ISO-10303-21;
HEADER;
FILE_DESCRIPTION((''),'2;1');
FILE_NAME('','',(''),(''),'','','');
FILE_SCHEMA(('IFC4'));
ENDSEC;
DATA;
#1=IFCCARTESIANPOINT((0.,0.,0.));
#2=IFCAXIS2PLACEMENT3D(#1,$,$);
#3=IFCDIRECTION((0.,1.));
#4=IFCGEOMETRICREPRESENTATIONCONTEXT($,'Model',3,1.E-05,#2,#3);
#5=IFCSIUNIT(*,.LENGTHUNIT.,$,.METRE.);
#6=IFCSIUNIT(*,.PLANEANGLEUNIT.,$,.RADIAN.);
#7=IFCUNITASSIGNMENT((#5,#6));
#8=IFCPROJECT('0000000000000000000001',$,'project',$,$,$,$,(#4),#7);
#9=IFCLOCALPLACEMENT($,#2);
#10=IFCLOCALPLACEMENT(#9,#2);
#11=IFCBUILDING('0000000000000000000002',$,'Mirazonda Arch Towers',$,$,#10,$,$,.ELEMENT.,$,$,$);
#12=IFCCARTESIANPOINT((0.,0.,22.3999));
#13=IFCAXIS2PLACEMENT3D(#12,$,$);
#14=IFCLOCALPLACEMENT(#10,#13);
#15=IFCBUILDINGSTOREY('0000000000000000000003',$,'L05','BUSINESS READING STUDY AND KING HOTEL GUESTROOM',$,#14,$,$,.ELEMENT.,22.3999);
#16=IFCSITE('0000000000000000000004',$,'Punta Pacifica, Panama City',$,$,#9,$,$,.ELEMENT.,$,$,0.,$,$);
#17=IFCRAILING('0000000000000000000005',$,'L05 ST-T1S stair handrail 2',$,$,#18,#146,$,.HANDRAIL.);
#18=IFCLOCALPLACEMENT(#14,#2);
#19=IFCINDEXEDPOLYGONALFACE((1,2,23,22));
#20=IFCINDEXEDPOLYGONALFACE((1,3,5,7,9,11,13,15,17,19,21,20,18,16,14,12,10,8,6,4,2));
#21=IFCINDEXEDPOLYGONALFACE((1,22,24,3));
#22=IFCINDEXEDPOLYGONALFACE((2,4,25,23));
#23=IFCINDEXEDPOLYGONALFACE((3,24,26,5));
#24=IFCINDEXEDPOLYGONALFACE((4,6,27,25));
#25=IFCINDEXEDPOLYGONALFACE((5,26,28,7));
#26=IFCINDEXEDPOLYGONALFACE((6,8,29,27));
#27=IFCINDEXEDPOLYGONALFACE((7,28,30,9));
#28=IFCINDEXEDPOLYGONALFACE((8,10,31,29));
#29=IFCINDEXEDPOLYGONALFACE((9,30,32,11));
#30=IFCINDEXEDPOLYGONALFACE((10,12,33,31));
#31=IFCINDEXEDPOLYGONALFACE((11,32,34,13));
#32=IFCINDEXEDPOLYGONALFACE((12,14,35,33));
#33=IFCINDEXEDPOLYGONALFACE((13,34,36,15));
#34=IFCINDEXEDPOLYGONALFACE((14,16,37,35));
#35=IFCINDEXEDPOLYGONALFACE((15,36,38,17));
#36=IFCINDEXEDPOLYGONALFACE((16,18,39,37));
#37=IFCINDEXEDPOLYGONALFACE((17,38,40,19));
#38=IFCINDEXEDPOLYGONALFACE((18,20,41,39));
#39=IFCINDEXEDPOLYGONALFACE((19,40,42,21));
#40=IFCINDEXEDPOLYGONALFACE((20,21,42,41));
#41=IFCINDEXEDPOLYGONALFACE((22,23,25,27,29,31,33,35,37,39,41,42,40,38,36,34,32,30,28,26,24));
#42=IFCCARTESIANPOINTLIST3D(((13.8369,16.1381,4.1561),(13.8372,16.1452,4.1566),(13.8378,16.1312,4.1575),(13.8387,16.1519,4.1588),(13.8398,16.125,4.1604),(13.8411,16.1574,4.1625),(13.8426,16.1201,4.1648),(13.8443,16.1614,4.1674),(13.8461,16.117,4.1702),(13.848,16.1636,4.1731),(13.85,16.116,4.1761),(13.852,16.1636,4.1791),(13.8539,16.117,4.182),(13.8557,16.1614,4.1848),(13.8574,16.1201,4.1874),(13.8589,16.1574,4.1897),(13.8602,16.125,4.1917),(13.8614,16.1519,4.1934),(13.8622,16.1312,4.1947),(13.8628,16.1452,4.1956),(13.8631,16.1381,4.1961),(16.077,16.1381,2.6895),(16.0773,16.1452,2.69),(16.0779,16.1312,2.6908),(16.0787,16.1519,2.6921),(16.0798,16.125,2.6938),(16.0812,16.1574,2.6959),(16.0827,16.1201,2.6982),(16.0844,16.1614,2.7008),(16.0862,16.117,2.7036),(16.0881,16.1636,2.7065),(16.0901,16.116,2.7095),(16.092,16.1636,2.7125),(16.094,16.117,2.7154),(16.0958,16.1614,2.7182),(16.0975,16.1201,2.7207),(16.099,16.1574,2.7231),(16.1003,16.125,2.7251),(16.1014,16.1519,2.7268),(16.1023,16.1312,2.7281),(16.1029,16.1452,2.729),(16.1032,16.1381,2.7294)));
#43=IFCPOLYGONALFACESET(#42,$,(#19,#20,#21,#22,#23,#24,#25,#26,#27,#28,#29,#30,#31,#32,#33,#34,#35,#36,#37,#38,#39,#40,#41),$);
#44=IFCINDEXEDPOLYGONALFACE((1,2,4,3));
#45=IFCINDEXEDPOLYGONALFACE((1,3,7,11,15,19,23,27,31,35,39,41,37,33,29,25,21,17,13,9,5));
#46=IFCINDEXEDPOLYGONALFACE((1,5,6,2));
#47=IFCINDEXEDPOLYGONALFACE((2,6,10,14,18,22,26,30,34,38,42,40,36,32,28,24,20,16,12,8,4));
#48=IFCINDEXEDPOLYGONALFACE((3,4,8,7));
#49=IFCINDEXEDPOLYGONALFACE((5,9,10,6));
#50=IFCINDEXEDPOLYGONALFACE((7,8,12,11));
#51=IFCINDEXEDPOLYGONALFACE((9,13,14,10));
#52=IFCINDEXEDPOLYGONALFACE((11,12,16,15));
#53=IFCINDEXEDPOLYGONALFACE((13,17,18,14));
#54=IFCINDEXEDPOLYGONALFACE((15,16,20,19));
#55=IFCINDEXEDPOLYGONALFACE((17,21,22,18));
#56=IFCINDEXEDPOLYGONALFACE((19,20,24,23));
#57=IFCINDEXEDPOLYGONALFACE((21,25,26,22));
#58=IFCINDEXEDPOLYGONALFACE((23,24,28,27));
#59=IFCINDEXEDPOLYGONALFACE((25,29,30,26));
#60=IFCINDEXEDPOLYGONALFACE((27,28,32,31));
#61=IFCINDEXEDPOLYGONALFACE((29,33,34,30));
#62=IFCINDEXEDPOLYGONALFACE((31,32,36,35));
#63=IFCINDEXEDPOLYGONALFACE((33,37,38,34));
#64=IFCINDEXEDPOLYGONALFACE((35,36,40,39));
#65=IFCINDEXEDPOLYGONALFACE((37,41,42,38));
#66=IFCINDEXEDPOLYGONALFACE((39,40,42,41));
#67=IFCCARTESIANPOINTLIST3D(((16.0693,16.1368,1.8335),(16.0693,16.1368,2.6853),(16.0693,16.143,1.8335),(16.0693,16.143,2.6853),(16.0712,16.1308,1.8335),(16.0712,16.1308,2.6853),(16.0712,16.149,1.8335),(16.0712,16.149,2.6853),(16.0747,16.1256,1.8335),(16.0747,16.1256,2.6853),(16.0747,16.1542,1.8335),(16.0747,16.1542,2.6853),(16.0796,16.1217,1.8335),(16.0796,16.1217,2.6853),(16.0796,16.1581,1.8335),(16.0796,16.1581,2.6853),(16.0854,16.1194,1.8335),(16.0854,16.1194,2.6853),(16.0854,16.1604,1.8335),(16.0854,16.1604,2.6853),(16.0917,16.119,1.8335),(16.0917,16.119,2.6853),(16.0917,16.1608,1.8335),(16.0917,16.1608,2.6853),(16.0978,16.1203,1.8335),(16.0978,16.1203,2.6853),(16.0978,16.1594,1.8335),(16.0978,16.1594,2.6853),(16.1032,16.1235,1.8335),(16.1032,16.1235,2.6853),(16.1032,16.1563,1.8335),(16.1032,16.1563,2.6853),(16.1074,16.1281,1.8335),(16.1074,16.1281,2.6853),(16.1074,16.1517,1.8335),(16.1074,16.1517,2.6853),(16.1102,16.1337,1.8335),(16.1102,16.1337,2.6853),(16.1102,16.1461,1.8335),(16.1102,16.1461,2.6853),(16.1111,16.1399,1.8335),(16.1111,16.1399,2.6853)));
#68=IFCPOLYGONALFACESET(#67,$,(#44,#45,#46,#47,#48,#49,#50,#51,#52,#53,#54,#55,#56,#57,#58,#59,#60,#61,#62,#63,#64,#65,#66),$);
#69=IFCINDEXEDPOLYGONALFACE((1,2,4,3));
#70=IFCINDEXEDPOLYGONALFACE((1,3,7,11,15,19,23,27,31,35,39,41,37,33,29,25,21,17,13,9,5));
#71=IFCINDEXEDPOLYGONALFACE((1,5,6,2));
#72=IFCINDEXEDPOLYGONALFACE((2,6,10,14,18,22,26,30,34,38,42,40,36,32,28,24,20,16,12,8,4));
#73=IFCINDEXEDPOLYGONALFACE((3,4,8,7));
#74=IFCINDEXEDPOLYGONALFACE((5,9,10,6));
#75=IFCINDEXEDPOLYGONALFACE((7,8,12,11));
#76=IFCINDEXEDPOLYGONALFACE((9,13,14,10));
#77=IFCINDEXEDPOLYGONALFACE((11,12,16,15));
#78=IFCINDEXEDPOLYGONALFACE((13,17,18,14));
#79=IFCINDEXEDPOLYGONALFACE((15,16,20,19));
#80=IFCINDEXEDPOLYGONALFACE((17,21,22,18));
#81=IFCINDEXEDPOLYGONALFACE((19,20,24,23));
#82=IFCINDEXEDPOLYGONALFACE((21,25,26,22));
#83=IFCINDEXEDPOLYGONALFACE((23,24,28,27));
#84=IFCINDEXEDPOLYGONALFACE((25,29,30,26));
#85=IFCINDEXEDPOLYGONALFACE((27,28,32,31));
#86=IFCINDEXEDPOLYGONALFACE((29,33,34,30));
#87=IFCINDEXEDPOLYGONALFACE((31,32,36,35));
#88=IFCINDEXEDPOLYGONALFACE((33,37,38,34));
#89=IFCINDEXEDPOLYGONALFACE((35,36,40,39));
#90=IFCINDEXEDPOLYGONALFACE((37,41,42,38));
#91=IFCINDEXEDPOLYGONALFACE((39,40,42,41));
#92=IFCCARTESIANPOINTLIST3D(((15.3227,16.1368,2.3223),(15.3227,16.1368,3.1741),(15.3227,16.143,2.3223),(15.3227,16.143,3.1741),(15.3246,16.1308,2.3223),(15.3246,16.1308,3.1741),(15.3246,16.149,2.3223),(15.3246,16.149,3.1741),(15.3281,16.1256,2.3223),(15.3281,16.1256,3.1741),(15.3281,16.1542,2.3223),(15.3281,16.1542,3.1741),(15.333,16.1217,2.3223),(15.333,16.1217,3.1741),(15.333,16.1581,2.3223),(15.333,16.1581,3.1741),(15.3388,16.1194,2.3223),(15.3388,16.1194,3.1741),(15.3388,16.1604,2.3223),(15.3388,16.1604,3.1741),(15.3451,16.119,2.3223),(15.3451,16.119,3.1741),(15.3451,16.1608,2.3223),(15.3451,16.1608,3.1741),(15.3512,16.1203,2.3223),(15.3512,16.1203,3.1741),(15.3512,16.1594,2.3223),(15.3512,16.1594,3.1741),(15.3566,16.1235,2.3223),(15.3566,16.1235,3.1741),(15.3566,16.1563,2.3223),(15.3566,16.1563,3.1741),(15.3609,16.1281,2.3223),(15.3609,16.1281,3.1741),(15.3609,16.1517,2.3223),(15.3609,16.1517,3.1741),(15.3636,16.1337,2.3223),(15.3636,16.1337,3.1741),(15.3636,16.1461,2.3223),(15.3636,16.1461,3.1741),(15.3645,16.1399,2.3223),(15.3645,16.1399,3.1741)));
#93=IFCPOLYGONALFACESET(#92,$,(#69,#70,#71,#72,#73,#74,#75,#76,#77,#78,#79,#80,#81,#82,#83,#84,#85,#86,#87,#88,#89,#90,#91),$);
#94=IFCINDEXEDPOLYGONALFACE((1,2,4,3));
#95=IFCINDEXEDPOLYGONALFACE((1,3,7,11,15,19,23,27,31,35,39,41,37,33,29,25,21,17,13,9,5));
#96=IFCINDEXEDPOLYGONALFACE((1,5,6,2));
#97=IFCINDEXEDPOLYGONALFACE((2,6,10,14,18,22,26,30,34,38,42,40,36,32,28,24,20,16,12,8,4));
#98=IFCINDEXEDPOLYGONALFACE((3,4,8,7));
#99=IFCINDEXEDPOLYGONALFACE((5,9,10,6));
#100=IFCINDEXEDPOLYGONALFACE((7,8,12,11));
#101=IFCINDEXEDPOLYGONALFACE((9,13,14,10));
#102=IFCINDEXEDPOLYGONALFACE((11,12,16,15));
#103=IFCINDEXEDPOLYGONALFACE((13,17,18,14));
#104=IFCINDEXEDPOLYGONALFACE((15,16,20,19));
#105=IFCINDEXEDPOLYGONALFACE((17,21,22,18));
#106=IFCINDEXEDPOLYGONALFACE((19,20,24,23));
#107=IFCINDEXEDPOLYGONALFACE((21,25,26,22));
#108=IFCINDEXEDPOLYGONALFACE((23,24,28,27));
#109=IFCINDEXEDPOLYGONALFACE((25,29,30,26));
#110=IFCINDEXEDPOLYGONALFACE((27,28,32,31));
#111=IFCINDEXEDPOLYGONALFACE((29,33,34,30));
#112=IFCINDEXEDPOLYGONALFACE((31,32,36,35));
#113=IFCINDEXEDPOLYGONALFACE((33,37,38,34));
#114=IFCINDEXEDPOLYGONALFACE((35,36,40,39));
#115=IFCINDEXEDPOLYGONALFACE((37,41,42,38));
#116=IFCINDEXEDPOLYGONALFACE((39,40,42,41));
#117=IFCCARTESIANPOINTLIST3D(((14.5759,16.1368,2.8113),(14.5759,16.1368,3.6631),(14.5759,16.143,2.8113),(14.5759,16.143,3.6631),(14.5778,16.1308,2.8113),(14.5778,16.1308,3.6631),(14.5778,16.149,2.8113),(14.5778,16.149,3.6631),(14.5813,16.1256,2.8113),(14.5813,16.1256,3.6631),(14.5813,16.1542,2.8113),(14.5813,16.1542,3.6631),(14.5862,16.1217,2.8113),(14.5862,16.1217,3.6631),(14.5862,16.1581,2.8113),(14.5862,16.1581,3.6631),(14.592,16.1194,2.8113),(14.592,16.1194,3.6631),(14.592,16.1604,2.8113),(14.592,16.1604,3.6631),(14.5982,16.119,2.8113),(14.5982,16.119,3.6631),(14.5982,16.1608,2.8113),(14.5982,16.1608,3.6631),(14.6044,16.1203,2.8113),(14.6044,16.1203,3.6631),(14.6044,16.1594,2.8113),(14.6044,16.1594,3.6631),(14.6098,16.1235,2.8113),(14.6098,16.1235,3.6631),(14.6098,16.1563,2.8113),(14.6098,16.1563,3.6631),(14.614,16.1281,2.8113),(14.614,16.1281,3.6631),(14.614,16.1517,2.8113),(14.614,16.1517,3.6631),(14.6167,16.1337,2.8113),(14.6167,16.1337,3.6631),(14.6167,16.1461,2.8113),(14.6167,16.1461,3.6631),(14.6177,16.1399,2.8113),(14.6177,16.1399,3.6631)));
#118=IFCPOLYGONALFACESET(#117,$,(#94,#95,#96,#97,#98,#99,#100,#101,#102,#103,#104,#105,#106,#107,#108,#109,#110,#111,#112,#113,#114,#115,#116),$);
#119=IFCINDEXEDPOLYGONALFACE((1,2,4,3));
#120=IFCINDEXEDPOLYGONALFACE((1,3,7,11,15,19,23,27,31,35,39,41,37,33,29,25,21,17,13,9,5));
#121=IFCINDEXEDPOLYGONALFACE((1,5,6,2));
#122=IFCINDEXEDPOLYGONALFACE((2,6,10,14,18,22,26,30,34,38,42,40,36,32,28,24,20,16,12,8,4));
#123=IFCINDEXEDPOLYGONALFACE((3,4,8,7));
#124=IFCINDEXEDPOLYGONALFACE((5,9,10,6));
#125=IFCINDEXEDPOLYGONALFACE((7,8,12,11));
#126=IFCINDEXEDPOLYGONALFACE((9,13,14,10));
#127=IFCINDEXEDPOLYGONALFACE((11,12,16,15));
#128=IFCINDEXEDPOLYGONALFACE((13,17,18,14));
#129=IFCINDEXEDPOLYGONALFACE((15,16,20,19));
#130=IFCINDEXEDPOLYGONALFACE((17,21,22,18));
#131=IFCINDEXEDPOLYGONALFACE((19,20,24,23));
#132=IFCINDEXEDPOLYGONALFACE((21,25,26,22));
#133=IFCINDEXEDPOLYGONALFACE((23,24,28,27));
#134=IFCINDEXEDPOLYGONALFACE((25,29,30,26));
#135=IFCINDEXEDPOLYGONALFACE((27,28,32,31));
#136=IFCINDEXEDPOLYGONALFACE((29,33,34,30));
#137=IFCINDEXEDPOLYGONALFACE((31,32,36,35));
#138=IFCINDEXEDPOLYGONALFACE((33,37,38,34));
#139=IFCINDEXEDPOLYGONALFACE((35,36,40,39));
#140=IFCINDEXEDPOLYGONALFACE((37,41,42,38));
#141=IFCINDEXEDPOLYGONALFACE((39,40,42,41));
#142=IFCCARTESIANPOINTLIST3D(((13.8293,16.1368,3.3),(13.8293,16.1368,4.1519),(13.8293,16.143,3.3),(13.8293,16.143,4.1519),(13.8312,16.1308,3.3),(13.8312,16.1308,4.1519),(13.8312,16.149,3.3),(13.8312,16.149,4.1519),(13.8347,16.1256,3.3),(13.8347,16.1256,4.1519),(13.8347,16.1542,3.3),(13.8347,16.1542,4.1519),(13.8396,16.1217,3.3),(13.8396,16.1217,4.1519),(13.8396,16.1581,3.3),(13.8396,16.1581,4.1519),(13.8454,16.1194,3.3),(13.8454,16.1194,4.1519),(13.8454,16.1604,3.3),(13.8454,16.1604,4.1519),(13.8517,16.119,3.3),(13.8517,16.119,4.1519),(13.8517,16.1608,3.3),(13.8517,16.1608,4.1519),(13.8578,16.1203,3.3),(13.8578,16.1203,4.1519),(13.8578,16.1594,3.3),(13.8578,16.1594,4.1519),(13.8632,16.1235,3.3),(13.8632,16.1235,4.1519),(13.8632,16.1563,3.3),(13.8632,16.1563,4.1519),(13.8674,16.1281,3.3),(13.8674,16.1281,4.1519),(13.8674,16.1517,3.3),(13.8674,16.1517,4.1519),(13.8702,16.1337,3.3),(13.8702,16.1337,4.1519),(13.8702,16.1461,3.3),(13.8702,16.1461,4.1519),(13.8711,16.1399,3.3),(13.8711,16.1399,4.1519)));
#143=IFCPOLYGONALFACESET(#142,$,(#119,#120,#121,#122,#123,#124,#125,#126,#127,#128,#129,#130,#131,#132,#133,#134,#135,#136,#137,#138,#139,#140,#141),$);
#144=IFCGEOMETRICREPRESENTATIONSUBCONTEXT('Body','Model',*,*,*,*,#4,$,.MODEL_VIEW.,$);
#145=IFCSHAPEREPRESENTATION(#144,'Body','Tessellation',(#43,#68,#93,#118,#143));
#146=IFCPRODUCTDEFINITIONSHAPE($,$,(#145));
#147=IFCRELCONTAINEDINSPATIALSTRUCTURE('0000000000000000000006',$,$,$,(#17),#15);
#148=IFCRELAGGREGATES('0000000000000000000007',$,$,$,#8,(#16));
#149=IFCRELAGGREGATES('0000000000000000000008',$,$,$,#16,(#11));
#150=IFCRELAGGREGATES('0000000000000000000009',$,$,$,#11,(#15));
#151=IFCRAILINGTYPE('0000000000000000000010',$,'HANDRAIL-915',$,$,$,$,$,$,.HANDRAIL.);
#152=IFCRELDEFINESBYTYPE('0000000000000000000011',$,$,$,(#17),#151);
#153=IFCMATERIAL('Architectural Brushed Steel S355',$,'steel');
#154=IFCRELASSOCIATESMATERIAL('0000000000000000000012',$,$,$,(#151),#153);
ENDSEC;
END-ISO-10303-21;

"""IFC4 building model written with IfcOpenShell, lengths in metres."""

from ifc_helpers import new_model, si_unit, direction, frame, origin, origin_2d, place, context, subcontext, project, spatial, circle, extrude, material, type_object, element, save


model = new_model("IFC4")

# Units and contexts
model_context = context("Model", 3, precision=1e-05, world=origin(), true_north=direction((0.0, 1.0)))
body_context = subcontext(model_context, "Body", "Model", "MODEL_VIEW")
ifc_project = project(units=[si_unit("LENGTHUNIT", "METRE"), si_unit("PLANEANGLEUNIT", "RADIAN")], contexts=[model_context])

# Site, building, storey
site_placement = place(None, origin())
site = spatial("IfcSite", under=ifc_project, at=site_placement, Name="Punta Pacifica, Panama City", CompositionType="ELEMENT", RefElevation=0.0)
building_placement = place(site_placement, origin())
building = spatial("IfcBuilding", under=site, at=building_placement, Name="Mirazonda Arch Towers", CompositionType="ELEMENT")
storey_placement = place(building_placement, frame((0.0, 0.0, 22.3999)))
storey = spatial("IfcBuildingStorey", under=building, at=storey_placement, Name="L05", Description="BUSINESS READING STUDY AND KING HOTEL GUESTROOM", CompositionType="ELEMENT", Elevation=22.3999)

# Shared definitions
ifc_material_1 = material(Name="Architectural Brushed Steel S355", Category="steel")

# Railing
railing_type_1 = type_object("IfcRailingType", Name="HANDRAIL-915", PredefinedType="HANDRAIL", material=ifc_material_1)
railing_1_placement = place(storey_placement, frame((16.0901, 16.1399, 1.8335)))
element("IfcRailing", 1, at=railing_1_placement, inside=storey, type_object=railing_type_1, Name="L05 ST-T1S stair handrail 2", PredefinedType="HANDRAIL", context=body_context, shape_type="SweptSolid", body=[
    extrude(circle(Radius=0.0239, at=origin_2d()), frame((0.0, 0.0, 0.876), z_axis=(-0.836637, 0.0, 0.547758), x_axis=(0.0, -1.0, 0.0)), (0.0, 0.0, 1.0), 2.6775),
    extrude(circle(Radius=0.021, at=origin_2d()), origin(), (0.0, 0.0, 1.0), 0.8518),
    extrude(circle(Radius=0.021, at=origin_2d()), frame((-0.7466, 0.0, 0.4888)), (0.0, 0.0, 1.0), 0.8518),
    extrude(circle(Radius=0.021, at=origin_2d()), frame((-1.4934, 0.0, 0.9778)), (0.0, 0.0, 1.0), 0.8518),
    extrude(circle(Radius=0.021, at=origin_2d()), frame((-2.24, 0.0, 1.4666)), (0.0, 0.0, 1.0), 0.8518),
])

save(model, "model.ifc")
